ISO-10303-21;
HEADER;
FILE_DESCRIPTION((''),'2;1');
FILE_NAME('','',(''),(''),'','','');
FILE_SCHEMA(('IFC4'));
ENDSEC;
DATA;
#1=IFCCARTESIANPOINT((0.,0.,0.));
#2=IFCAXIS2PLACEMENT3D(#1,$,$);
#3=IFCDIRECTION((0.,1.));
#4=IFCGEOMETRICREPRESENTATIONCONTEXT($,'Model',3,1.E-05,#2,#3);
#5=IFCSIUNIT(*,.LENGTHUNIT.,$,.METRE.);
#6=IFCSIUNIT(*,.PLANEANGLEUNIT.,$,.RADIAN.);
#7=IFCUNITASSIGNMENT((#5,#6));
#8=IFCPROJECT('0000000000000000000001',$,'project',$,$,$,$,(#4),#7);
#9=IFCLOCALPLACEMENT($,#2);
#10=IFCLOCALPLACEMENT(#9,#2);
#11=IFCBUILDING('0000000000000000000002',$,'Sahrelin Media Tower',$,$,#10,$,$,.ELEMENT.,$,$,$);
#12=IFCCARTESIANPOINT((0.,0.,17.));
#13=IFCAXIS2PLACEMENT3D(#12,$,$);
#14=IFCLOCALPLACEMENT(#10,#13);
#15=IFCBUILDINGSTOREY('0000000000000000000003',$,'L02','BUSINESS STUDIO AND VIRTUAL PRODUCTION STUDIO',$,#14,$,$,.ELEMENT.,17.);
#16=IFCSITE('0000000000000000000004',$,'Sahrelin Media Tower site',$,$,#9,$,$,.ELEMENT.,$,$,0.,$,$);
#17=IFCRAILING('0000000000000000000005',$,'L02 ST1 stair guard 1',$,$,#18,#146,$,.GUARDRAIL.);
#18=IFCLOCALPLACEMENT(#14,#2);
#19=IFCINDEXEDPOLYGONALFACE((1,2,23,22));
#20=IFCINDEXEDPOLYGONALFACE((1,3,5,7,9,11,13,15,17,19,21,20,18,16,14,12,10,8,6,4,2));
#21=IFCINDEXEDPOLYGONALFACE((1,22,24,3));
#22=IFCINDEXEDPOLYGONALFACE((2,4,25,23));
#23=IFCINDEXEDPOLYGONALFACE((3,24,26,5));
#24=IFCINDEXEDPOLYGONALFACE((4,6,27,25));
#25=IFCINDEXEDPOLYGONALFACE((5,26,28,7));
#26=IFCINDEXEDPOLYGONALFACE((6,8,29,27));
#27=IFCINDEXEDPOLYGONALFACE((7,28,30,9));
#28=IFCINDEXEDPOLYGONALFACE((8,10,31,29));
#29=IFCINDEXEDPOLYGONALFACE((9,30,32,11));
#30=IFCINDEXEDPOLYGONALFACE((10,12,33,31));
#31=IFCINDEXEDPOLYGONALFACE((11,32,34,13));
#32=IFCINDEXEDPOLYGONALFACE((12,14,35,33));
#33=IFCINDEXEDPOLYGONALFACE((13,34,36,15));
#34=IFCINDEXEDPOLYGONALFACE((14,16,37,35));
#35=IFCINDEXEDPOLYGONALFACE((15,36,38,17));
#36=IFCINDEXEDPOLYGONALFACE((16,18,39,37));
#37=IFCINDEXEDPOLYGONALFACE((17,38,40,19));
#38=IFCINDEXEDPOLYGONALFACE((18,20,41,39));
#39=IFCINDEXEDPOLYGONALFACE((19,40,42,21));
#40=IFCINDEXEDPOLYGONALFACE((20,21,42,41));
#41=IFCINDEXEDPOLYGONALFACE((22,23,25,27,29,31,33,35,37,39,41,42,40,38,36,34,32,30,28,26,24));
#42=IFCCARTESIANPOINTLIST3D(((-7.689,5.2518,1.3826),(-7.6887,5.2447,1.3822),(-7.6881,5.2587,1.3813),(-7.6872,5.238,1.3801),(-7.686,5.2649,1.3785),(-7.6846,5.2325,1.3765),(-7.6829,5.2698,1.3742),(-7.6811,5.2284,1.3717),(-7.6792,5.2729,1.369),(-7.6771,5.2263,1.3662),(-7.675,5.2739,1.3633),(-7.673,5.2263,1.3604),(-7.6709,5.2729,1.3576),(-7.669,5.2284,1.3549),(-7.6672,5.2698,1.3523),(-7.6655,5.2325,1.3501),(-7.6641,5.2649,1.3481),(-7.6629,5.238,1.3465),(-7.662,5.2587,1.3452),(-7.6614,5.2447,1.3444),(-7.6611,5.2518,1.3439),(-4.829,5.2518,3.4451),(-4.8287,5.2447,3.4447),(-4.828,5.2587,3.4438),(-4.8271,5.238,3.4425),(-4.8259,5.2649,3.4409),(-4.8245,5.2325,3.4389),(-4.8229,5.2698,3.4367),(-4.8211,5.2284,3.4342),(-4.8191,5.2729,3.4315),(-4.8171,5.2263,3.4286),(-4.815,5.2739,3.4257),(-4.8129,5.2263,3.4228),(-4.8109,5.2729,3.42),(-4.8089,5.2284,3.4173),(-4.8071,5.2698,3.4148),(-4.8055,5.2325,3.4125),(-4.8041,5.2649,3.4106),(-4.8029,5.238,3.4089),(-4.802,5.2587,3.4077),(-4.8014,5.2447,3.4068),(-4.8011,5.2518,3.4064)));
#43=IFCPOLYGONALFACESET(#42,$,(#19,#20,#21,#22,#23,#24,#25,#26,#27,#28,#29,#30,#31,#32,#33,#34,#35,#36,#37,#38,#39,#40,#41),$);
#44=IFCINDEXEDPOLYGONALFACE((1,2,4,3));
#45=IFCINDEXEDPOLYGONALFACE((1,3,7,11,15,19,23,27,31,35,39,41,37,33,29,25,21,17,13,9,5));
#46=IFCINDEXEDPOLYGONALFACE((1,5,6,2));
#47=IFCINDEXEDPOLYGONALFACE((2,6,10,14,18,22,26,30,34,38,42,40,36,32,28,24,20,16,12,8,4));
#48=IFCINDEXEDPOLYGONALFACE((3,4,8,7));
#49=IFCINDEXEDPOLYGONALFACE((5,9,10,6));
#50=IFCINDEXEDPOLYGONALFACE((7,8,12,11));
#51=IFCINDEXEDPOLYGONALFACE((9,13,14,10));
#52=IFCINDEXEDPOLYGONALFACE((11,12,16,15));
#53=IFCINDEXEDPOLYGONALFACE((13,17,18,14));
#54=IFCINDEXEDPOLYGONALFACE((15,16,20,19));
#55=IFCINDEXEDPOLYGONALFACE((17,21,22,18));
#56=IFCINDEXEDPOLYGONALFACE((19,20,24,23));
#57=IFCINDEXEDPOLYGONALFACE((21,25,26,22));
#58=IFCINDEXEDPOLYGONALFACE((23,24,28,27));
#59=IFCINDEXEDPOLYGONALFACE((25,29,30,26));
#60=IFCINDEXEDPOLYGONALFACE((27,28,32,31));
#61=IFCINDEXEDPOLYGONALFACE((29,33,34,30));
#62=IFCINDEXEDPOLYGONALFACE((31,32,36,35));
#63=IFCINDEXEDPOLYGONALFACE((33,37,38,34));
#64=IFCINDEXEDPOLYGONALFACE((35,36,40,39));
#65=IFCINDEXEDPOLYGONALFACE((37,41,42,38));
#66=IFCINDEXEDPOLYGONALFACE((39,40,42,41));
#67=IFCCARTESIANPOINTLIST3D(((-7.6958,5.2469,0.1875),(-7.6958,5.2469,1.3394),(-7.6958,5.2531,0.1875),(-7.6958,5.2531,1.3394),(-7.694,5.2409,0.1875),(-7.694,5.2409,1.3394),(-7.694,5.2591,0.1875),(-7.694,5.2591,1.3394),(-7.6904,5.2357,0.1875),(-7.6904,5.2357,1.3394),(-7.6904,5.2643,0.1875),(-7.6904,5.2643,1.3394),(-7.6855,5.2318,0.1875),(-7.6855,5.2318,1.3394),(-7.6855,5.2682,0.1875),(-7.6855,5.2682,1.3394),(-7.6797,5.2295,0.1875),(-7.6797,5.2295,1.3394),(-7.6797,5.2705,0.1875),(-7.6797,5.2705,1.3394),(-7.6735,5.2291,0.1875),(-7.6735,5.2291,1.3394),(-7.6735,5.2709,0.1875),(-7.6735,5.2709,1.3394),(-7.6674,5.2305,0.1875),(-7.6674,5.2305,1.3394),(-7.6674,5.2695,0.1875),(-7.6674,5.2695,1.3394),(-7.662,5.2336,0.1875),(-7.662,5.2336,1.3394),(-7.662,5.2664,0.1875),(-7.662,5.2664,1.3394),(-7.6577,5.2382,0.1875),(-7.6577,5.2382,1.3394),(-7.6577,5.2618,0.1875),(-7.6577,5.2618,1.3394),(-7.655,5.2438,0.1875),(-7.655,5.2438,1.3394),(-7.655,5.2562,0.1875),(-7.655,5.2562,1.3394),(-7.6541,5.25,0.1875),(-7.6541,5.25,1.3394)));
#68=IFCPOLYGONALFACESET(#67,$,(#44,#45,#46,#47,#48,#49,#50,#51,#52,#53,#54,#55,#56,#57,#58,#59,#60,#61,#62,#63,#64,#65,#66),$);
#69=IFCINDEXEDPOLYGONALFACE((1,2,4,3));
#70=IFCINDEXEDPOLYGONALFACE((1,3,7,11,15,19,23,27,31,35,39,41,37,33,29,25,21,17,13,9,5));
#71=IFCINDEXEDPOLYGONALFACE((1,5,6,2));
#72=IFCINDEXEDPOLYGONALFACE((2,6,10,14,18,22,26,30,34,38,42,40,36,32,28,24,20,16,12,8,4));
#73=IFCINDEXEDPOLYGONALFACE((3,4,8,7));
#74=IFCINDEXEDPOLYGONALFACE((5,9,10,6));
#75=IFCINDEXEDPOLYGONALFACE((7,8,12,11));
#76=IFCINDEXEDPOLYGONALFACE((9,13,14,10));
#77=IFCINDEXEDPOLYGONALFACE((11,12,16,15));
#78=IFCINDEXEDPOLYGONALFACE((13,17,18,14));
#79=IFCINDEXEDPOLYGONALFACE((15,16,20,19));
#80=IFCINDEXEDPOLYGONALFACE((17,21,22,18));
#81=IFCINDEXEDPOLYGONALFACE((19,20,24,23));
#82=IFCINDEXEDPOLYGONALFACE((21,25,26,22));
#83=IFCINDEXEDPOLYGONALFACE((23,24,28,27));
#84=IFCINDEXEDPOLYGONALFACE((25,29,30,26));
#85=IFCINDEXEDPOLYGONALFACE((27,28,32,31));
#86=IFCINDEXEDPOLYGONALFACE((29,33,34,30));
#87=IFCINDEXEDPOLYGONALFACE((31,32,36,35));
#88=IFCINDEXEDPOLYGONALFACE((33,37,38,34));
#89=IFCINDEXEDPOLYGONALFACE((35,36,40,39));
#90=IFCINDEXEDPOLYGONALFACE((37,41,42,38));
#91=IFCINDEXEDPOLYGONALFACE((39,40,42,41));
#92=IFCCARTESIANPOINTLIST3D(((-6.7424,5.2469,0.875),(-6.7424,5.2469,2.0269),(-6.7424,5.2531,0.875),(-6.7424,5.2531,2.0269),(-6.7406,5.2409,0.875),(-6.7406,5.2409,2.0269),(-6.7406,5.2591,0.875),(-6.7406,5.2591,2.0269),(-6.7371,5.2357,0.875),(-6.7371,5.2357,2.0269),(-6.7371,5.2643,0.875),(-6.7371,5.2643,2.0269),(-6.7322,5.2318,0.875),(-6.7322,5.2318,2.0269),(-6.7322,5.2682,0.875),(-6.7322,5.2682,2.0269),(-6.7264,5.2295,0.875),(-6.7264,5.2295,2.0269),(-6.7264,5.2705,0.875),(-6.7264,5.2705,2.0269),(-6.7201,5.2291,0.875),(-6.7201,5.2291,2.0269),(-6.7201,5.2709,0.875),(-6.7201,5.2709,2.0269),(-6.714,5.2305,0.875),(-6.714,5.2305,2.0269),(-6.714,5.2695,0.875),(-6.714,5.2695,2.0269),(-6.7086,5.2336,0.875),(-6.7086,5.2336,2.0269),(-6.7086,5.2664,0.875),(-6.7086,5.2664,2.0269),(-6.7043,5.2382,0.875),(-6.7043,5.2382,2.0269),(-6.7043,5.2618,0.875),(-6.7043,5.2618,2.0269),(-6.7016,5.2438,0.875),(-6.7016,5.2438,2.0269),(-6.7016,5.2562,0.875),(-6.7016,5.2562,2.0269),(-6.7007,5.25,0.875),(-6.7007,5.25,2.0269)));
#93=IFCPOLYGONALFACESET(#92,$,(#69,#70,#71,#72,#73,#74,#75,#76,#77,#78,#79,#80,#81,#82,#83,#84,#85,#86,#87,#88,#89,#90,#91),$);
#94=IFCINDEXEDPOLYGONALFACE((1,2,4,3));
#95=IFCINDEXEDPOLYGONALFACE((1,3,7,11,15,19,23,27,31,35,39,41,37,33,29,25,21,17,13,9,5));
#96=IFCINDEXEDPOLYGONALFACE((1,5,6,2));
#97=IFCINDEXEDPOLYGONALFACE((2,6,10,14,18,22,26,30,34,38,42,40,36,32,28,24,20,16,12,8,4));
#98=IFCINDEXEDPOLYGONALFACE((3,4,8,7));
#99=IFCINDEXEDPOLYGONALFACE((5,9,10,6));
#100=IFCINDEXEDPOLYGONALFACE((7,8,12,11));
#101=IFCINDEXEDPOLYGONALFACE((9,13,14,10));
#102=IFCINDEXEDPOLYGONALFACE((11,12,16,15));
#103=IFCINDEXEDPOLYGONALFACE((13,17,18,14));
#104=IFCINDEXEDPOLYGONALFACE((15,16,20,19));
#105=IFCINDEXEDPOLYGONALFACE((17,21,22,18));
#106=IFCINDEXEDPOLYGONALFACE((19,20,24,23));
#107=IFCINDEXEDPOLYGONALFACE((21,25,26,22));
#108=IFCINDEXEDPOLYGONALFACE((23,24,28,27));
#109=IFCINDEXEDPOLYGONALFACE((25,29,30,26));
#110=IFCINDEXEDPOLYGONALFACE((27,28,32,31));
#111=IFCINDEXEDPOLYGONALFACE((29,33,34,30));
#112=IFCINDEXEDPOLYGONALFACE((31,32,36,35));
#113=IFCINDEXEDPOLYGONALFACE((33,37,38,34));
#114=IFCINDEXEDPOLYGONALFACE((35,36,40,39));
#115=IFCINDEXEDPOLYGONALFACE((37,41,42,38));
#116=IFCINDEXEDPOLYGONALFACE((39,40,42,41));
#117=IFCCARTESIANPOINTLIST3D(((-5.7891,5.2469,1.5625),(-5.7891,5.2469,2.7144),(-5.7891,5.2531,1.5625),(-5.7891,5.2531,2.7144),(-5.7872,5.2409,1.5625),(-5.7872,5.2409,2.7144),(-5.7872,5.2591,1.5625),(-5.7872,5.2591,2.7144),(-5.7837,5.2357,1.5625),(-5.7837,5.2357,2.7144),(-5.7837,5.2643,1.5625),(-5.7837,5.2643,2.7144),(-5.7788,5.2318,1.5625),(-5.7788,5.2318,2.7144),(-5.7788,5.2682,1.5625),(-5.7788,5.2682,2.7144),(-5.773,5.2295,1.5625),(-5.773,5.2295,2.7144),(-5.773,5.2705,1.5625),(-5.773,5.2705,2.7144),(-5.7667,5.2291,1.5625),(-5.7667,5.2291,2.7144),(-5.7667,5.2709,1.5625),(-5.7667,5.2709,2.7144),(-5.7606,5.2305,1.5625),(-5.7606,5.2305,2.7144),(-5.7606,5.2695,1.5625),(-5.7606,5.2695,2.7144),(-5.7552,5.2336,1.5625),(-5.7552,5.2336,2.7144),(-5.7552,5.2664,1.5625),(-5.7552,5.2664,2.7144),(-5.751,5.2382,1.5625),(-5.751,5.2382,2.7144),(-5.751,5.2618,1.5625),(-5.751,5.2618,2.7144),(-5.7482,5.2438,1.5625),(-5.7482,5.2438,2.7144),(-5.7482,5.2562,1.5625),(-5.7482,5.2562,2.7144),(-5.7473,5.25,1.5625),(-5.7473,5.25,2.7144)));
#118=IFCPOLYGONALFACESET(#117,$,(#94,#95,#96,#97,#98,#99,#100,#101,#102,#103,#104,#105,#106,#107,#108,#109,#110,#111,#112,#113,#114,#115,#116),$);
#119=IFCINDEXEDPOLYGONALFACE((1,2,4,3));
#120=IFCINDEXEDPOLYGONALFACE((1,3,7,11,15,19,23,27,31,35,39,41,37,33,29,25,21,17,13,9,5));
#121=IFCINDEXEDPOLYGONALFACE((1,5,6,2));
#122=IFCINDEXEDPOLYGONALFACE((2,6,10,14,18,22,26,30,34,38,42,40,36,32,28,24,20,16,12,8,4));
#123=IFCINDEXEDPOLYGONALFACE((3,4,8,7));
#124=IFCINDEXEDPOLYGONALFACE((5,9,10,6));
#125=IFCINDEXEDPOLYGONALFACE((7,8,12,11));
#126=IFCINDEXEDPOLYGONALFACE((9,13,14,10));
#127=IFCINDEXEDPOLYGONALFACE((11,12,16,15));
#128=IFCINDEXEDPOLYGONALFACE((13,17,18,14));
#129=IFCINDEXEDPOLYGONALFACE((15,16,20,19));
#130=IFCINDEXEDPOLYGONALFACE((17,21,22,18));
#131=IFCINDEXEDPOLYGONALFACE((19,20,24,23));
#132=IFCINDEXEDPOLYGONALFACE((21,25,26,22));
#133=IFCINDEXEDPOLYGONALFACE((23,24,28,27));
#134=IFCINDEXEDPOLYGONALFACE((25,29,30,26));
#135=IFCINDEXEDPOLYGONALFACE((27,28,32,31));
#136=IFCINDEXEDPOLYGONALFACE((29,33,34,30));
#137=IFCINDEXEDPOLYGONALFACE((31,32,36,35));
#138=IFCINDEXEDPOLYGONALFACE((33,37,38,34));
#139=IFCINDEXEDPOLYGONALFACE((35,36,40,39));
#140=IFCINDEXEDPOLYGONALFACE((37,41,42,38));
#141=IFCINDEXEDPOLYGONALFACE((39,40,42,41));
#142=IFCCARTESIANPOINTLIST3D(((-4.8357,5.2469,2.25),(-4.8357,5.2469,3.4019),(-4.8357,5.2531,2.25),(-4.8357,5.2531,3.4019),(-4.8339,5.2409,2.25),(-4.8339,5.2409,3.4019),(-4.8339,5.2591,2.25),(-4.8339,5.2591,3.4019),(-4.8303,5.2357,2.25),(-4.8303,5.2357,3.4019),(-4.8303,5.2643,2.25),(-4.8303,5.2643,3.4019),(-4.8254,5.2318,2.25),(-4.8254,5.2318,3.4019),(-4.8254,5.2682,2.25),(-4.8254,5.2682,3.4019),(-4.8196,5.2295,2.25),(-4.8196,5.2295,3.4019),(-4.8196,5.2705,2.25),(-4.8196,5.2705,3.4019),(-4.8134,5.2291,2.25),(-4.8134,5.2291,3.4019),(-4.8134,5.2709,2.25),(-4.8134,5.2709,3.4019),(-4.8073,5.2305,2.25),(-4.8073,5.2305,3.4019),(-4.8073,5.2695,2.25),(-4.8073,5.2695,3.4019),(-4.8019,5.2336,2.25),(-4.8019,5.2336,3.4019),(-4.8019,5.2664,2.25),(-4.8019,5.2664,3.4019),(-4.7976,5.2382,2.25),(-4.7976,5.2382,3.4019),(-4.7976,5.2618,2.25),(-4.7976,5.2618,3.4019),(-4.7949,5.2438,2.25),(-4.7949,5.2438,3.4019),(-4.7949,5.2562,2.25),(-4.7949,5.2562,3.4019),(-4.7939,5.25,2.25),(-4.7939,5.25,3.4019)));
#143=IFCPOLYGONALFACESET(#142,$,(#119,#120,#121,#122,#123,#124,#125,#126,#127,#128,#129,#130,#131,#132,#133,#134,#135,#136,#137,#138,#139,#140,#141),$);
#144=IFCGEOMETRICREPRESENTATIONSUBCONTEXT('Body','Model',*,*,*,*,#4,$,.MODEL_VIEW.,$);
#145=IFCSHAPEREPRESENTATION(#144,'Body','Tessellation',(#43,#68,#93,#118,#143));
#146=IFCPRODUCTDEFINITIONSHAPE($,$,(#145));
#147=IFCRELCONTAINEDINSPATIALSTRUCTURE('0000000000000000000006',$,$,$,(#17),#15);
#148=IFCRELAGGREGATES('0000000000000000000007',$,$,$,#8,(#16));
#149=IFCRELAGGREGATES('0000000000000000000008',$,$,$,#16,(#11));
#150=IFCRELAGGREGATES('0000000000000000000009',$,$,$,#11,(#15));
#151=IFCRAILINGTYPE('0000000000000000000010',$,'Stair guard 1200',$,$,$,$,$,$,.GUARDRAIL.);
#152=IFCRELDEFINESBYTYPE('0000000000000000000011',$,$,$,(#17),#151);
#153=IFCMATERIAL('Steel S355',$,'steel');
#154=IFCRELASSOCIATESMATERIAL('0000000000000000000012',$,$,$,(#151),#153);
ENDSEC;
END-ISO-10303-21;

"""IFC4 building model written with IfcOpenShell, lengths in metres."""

from ifc_helpers import new_model, si_unit, direction, frame, origin, origin_2d, place, context, subcontext, project, spatial, circle, extrude, material, type_object, element, save


model = new_model("IFC4")

# Units and contexts
model_context = context("Model", 3, precision=1e-05, world=origin(), true_north=direction((0.0, 1.0)))
body_context = subcontext(model_context, "Body", "Model", "MODEL_VIEW")
ifc_project = project(units=[si_unit("LENGTHUNIT", "METRE"), si_unit("PLANEANGLEUNIT", "RADIAN")], contexts=[model_context])

# Site, building, storey
site_placement = place(None, origin())
site = spatial("IfcSite", under=ifc_project, at=site_placement, Name="Sahrelin Media Tower site", CompositionType="ELEMENT", RefElevation=0.0)
building_placement = place(site_placement, origin())
building = spatial("IfcBuilding", under=site, at=building_placement, Name="Sahrelin Media Tower", CompositionType="ELEMENT")
storey_placement = place(building_placement, frame((0.0, 0.0, 17.0)))
storey = spatial("IfcBuildingStorey", under=building, at=storey_placement, Name="L02", Description="BUSINESS STUDIO AND VIRTUAL PRODUCTION STUDIO", CompositionType="ELEMENT", Elevation=17.0)

# Railing
ifc_material_1 = material(Name="Steel S355", Category="steel")
railing_type_1 = type_object("IfcRailingType", Name="Stair guard 1200", PredefinedType="GUARDRAIL", material=ifc_material_1)
railing_1_placement = place(storey_placement, frame((-7.675, 5.25, 0.1875)))
element("IfcRailing", 1, at=railing_1_placement, inside=storey, type_object=railing_type_1, Name="L02 ST1 stair guard 1", PredefinedType="GUARDRAIL", context=body_context, shape_type="SweptSolid", body=[
    extrude(circle(Radius=0.0239, at=origin_2d()), frame((0.0, 0.0, 1.1758), z_axis=(0.811101, 0.0, 0.584906), x_axis=(0.0, 1.0, 0.0)), (0.0, 0.0, 1.0), 3.5261),
    extrude(circle(Radius=0.021, at=origin_2d()), origin(), (0.0, 0.0, 1.0), 1.1519),
    extrude(circle(Radius=0.021, at=origin_2d()), frame((0.9534, 0.0, 0.6875)), (0.0, 0.0, 1.0), 1.1519),
    extrude(circle(Radius=0.021, at=origin_2d()), frame((1.9067, 0.0, 1.375)), (0.0, 0.0, 1.0), 1.1519),
    extrude(circle(Radius=0.021, at=origin_2d()), frame((2.8601, 0.0, 2.0625)), (0.0, 0.0, 1.0), 1.1519),
])

save(model, "model.ifc")
